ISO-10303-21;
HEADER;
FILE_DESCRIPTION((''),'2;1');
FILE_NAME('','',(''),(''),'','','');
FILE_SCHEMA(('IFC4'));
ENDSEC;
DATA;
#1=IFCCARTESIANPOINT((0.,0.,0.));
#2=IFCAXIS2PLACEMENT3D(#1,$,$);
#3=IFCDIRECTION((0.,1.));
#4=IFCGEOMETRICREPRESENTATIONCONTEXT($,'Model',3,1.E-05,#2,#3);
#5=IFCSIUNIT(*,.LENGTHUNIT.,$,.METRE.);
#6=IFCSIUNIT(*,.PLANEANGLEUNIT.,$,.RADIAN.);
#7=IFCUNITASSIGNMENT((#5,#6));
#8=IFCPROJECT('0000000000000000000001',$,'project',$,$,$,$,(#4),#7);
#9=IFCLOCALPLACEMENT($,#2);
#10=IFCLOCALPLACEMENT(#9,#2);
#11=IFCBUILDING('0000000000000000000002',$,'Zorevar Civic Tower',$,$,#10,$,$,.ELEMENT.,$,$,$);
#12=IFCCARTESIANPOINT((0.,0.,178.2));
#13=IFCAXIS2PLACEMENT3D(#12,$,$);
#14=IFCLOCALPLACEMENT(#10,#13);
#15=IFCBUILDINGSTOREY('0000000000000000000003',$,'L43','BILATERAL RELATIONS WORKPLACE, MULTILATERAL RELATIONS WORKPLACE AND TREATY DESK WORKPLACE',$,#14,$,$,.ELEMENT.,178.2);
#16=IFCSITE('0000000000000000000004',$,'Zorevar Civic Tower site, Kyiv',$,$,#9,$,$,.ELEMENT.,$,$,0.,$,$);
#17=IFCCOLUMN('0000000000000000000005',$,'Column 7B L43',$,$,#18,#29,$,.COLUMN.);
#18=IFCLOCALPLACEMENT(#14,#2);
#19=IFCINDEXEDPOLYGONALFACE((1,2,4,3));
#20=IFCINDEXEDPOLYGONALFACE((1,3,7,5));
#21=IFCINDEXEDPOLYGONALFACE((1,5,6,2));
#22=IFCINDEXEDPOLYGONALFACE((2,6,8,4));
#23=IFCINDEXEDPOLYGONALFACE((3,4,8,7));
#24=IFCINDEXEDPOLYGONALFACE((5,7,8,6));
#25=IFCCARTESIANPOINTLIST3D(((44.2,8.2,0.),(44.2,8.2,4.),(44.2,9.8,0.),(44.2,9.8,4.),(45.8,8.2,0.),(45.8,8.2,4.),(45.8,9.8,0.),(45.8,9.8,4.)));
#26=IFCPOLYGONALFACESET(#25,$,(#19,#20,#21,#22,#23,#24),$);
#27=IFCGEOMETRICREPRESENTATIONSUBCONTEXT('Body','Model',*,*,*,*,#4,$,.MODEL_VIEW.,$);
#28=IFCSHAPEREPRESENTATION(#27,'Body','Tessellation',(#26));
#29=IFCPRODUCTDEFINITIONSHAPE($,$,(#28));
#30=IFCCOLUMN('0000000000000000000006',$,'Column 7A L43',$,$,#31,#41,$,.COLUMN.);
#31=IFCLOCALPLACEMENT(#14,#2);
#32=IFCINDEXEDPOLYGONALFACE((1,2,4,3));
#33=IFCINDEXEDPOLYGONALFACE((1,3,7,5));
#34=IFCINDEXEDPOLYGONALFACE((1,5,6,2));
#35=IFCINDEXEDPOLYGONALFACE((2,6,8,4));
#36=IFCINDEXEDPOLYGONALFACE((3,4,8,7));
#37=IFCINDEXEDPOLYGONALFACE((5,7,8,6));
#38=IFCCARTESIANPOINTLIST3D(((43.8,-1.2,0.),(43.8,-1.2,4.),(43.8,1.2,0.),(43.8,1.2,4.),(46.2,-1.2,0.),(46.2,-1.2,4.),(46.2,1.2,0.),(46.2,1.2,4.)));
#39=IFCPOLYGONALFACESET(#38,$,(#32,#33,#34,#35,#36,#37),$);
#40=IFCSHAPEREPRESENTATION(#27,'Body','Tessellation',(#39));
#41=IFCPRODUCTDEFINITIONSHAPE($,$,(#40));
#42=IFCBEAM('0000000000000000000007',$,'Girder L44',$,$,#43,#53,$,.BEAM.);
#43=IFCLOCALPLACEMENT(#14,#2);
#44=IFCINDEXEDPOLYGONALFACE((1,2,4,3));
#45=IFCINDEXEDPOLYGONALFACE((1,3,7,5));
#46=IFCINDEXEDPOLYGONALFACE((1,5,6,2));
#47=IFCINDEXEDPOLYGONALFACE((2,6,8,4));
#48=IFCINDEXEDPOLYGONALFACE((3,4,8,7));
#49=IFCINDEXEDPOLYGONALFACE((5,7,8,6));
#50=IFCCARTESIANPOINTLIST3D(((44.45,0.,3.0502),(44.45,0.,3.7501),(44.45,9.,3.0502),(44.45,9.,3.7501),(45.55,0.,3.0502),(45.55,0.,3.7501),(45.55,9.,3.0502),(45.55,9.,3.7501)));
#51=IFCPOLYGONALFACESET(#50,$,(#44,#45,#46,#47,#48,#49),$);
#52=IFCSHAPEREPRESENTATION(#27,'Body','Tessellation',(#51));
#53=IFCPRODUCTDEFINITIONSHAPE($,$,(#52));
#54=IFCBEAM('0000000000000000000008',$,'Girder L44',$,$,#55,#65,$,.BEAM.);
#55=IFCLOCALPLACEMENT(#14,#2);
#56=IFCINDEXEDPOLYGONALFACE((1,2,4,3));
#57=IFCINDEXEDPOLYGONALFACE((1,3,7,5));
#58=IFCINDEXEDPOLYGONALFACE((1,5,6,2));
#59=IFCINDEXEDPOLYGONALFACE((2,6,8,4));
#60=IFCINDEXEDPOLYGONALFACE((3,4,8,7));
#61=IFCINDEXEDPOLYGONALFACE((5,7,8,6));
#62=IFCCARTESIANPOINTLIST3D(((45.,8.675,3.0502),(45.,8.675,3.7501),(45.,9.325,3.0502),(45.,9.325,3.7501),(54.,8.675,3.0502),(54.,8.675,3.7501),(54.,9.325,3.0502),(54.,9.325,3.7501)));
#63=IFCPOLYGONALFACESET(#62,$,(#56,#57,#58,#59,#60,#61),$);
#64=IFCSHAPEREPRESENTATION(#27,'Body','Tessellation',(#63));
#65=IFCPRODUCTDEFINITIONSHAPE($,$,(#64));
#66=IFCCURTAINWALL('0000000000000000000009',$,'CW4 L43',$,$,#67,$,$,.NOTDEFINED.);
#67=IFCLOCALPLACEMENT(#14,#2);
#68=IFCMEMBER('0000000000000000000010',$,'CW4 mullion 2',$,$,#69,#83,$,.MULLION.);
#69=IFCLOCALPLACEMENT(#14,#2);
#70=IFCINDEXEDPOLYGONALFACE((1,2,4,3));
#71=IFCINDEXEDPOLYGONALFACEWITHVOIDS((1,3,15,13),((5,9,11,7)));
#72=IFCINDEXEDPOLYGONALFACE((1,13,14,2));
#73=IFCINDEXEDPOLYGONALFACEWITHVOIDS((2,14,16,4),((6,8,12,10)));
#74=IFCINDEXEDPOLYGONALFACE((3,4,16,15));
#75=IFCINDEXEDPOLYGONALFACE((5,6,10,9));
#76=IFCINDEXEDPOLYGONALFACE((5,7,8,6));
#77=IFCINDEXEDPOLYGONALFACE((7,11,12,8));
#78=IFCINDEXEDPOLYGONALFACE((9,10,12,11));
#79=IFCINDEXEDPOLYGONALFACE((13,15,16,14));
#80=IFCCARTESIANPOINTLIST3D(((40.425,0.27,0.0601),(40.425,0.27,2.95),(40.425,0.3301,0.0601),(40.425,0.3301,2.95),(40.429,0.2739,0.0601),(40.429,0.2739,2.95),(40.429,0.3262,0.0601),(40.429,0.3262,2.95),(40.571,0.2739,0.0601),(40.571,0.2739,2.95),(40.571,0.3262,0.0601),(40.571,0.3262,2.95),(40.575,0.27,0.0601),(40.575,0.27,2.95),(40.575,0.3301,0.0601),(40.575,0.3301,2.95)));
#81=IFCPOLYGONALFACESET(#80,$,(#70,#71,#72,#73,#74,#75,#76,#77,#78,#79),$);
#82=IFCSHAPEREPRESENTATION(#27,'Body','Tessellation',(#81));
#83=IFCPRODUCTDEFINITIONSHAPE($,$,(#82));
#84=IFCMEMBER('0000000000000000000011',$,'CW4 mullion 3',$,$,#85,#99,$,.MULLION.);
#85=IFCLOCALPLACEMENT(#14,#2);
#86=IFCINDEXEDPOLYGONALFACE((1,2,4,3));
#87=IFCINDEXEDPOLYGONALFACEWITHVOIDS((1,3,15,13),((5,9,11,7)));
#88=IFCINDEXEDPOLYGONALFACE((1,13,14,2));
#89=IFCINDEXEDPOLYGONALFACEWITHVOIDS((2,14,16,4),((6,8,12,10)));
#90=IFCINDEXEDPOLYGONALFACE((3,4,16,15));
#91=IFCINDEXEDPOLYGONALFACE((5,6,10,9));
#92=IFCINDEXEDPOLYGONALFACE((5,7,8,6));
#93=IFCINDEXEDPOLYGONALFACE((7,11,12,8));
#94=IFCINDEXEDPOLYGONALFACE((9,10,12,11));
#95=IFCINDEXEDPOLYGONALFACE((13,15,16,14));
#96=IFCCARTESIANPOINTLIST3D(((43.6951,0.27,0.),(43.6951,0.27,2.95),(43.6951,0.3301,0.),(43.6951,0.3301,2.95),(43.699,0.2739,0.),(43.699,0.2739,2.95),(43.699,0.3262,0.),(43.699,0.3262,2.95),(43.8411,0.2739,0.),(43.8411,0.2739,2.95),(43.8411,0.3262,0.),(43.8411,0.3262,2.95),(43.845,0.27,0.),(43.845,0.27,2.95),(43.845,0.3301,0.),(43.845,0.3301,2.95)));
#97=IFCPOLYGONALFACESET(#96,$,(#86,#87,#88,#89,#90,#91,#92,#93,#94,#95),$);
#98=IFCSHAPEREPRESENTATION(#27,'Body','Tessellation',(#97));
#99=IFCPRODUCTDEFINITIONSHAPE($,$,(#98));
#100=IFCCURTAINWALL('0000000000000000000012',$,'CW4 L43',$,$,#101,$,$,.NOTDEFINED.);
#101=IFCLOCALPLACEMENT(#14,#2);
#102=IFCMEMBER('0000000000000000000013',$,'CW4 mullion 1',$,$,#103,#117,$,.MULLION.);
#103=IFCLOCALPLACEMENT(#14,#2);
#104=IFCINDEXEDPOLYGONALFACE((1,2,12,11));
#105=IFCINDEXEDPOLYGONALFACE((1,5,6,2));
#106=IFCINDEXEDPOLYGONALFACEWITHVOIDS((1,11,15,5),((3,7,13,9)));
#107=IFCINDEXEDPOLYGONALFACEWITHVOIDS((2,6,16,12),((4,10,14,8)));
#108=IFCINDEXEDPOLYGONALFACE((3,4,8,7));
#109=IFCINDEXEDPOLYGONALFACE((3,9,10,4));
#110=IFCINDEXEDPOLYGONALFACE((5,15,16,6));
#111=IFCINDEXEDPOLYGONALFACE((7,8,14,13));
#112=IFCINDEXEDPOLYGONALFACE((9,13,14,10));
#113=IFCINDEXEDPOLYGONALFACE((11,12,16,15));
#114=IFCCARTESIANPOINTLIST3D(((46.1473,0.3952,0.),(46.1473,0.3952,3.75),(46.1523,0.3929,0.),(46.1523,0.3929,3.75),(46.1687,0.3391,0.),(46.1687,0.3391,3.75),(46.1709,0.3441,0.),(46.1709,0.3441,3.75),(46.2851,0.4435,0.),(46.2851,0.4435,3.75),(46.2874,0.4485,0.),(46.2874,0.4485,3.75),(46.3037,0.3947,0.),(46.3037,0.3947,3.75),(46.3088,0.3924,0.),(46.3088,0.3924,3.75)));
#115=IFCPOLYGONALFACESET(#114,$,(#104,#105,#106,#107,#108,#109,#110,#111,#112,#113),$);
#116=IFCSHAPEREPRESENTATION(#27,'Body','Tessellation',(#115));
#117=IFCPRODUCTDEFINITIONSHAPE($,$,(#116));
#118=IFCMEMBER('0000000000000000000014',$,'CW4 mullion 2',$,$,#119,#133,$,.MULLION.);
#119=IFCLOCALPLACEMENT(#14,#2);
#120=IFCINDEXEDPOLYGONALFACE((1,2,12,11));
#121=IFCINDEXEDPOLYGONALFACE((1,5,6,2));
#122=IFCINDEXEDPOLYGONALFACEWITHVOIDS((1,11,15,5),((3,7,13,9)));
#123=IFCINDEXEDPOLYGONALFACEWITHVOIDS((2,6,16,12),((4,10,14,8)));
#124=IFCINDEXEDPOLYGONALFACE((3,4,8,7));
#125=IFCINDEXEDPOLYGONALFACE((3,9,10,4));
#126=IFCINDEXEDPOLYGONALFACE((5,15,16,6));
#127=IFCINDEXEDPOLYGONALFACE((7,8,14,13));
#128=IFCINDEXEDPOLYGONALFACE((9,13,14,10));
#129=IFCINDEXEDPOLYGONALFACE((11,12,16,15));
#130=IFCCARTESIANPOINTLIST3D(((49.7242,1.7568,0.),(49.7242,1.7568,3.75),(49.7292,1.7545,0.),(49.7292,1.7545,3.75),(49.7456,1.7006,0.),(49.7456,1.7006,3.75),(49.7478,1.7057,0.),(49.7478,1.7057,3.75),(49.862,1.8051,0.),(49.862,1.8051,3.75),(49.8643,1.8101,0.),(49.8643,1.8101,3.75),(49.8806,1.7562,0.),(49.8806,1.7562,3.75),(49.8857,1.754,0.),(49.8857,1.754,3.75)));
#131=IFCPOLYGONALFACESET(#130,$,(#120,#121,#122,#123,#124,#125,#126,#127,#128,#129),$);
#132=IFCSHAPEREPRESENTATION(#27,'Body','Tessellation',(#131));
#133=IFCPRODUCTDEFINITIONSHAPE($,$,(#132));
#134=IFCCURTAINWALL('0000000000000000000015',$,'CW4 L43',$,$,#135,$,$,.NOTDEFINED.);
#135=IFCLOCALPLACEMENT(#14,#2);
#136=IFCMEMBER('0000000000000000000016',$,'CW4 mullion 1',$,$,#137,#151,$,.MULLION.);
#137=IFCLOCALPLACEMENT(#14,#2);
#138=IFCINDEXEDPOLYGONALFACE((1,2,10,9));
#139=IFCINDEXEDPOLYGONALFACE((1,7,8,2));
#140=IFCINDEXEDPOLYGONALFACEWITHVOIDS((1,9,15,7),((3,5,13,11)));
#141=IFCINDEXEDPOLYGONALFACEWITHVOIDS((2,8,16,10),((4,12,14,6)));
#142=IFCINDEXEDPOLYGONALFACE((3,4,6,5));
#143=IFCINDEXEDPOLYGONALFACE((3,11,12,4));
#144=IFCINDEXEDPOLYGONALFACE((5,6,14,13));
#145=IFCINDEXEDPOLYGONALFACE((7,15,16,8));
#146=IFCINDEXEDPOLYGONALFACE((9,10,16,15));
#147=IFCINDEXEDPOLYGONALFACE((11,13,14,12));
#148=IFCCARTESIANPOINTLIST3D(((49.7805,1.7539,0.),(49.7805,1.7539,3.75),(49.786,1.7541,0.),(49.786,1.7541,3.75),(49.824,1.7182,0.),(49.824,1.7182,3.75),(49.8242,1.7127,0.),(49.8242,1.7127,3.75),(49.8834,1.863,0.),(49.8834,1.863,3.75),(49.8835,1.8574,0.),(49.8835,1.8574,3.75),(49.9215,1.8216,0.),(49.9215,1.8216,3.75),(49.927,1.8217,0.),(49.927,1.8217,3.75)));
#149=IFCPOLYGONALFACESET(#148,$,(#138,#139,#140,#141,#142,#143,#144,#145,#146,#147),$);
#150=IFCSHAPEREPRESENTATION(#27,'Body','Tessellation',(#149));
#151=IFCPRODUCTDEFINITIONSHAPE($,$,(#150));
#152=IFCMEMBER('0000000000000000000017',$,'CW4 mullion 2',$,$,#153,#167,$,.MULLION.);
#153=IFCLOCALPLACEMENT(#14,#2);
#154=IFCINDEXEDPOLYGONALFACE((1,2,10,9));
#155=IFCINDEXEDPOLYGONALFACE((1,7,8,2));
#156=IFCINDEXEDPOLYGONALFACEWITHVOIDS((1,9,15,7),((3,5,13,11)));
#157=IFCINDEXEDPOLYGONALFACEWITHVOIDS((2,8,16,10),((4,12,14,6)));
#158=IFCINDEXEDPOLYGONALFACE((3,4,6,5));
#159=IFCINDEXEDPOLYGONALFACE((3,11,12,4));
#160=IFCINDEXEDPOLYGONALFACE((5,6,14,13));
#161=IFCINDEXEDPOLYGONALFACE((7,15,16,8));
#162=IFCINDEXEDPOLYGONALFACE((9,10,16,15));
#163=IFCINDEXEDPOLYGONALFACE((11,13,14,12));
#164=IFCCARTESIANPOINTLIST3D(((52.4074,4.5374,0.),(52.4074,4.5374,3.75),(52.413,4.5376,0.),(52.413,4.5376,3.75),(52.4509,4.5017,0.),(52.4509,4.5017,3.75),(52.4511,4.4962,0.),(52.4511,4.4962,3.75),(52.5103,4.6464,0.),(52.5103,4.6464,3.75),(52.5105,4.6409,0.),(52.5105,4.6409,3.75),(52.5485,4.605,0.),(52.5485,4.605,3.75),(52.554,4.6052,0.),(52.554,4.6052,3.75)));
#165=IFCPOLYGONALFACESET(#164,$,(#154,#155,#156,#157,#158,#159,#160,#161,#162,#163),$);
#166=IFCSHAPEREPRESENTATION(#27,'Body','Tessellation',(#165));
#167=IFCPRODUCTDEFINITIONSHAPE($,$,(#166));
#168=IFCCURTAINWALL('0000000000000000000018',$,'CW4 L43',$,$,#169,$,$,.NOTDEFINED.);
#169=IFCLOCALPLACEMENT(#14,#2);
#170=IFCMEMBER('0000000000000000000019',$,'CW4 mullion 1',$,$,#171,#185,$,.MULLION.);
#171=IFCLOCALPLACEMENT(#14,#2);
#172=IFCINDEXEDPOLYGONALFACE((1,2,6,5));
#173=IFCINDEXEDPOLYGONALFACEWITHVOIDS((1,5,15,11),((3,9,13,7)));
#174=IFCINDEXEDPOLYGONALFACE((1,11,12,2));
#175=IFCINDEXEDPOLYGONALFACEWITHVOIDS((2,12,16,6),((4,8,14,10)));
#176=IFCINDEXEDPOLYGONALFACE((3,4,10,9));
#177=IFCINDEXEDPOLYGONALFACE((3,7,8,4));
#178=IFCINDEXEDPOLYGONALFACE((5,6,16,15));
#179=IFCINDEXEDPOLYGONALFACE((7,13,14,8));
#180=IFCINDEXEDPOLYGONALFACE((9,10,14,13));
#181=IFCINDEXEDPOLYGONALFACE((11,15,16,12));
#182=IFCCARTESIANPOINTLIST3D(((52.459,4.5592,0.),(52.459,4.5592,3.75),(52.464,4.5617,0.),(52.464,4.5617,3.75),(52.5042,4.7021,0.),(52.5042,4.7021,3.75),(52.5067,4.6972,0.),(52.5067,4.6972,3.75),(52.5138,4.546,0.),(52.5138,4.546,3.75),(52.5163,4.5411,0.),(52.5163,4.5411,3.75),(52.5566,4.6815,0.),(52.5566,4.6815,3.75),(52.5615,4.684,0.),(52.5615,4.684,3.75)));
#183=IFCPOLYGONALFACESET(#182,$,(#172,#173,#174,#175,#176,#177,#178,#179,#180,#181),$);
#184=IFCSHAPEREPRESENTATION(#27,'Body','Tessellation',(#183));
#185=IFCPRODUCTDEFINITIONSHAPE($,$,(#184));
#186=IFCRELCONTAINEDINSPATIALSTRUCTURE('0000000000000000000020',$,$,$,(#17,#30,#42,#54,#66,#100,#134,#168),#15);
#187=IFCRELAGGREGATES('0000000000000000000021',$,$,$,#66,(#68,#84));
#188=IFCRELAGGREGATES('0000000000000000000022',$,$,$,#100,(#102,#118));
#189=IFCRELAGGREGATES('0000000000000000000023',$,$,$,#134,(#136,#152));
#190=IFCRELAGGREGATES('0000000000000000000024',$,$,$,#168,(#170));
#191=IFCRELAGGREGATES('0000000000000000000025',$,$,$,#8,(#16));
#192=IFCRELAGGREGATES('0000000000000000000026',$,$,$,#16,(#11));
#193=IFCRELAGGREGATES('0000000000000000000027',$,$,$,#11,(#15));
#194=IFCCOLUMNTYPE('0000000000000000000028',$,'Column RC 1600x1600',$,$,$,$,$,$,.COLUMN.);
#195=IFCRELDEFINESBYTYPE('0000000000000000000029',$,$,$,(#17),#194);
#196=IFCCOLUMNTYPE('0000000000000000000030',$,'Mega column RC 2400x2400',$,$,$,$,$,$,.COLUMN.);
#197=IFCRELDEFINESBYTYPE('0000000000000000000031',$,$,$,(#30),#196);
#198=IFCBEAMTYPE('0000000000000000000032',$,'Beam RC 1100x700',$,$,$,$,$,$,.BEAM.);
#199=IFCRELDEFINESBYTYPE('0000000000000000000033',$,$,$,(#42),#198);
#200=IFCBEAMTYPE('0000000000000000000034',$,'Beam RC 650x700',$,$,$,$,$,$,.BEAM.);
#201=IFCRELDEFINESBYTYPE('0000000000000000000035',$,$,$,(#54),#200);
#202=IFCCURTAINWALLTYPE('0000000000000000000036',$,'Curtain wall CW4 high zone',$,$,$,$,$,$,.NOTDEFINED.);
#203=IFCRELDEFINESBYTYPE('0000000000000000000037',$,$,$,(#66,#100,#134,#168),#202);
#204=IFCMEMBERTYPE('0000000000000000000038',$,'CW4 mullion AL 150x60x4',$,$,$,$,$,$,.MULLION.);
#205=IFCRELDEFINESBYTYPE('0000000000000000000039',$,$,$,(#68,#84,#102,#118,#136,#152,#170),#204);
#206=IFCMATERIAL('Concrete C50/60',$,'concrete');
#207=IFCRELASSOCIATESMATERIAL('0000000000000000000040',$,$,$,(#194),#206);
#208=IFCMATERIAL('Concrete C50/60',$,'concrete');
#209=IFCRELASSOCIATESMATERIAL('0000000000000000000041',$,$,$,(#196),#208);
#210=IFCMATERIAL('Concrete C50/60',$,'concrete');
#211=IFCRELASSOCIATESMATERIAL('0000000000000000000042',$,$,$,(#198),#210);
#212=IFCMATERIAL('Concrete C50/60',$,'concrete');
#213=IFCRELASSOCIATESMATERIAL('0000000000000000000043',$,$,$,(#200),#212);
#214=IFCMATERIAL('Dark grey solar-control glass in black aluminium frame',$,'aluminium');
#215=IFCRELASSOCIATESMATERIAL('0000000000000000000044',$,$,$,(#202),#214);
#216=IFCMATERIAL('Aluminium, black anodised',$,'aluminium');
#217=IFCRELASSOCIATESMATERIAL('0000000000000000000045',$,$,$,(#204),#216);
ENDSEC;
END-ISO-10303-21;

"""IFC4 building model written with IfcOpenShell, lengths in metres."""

from ifc_helpers import new_model, si_unit, direction, frame, origin, origin_2d, place, context, subcontext, project, spatial, rectangle, hollow_rectangle, extrude, material, material_profile, profile_set, type_object, element, aggregate, save


model = new_model("IFC4")

# Units and contexts
model_context = context("Model", 3, precision=1e-05, world=origin(), true_north=direction((0.0, 1.0)))
body_context = subcontext(model_context, "Body", "Model", "MODEL_VIEW")
ifc_project = project(units=[si_unit("LENGTHUNIT", "METRE"), si_unit("PLANEANGLEUNIT", "RADIAN")], contexts=[model_context])

# Site, building, storey
site_placement = place(None, origin())
site = spatial("IfcSite", under=ifc_project, at=site_placement, Name="Zorevar Civic Tower site, Kyiv", CompositionType="ELEMENT", RefElevation=0.0)
building_placement = place(site_placement, origin())
building = spatial("IfcBuilding", under=site, at=building_placement, Name="Zorevar Civic Tower", CompositionType="ELEMENT")
storey_placement = place(building_placement, frame((0.0, 0.0, 178.2)))
storey = spatial("IfcBuildingStorey", under=building, at=storey_placement, Name="L43", Description="BILATERAL RELATIONS WORKPLACE, MULTILATERAL RELATIONS WORKPLACE AND TREATY DESK WORKPLACE", CompositionType="ELEMENT", Elevation=178.2)

# Columns
ifc_material_1 = material(Name="Concrete C50/60", Category="concrete")
ifc_material_profile_1 = material_profile(ifc_material_1, rectangle(XDim=1.6001, YDim=1.6001, at=origin_2d()), Name="RC 1600x1600")
ifc_profile_set_1 = profile_set([ifc_material_profile_1], Name="Concrete C50/60")
column_type_1 = type_object("IfcColumnType", Name="Column RC 1600x1600", PredefinedType="COLUMN", material=ifc_profile_set_1)
column_1_placement = place(storey_placement, frame((45.0, 9.0, 0.0), z_axis=(0.0, 0.0, 1.0), x_axis=(1.0, 0.0, 0.0)))
element("IfcColumn", 1, at=column_1_placement, inside=storey, type_object=column_type_1, Name="Column 7B L43", PredefinedType="COLUMN", context=body_context, shape_type="SweptSolid", body=[
    extrude(rectangle(XDim=1.6001, YDim=1.6001, at=origin_2d()), origin(), (0.0, 0.0, 1.0), 4.0),
])
ifc_material_2 = material(Name="Concrete C50/60", Category="concrete")
ifc_material_profile_2 = material_profile(ifc_material_2, rectangle(XDim=2.3999, YDim=2.3999, at=origin_2d()), Name="RC 2400x2400")
ifc_profile_set_2 = profile_set([ifc_material_profile_2], Name="Concrete C50/60")
column_type_2 = type_object("IfcColumnType", Name="Mega column RC 2400x2400", PredefinedType="COLUMN", material=ifc_profile_set_2)
column_2_placement = place(storey_placement, frame((45.0, 0.0, 0.0), z_axis=(0.0, 0.0, 1.0), x_axis=(1.0, 0.0, 0.0)))
element("IfcColumn", 2, at=column_2_placement, inside=storey, type_object=column_type_2, Name="Column 7A L43", PredefinedType="COLUMN", context=body_context, shape_type="SweptSolid", body=[
    extrude(rectangle(XDim=2.3999, YDim=2.3999, at=origin_2d()), origin(), (0.0, 0.0, 1.0), 4.0),
])

# Beams
ifc_material_3 = material(Name="Concrete C50/60", Category="concrete")
ifc_material_profile_3 = material_profile(ifc_material_3, rectangle(XDim=1.1001, YDim=0.7, at=origin_2d()), Name="RC 1100x700")
ifc_profile_set_3 = profile_set([ifc_material_profile_3], Name="Concrete C50/60")
beam_type_1 = type_object("IfcBeamType", Name="Beam RC 1100x700", PredefinedType="BEAM", material=ifc_profile_set_3)
beam_1_placement = place(storey_placement, frame((45.0, 0.0, 3.4001), z_axis=(0.0, 1.0, 0.0), x_axis=(-1.0, 0.0, 0.0)))
element("IfcBeam", 3, at=beam_1_placement, inside=storey, type_object=beam_type_1, Name="Girder L44", PredefinedType="BEAM", context=body_context, shape_type="SweptSolid", body=[
    extrude(rectangle(XDim=1.1001, YDim=0.7, at=origin_2d()), origin(), (0.0, 0.0, 1.0), 9.0),
])
ifc_material_4 = material(Name="Concrete C50/60", Category="concrete")
ifc_material_profile_4 = material_profile(ifc_material_4, rectangle(XDim=0.6499, YDim=0.7, at=origin_2d()), Name="RC 650x700")
ifc_profile_set_4 = profile_set([ifc_material_profile_4], Name="Concrete C50/60")
beam_type_2 = type_object("IfcBeamType", Name="Beam RC 650x700", PredefinedType="BEAM", material=ifc_profile_set_4)
beam_2_placement = place(storey_placement, frame((45.0, 9.0, 3.4001), z_axis=(1.0, 0.0, 0.0), x_axis=(0.0, 1.0, 0.0)))
element("IfcBeam", 4, at=beam_2_placement, inside=storey, type_object=beam_type_2, Name="Girder L44", PredefinedType="BEAM", context=body_context, shape_type="SweptSolid", body=[
    extrude(rectangle(XDim=0.6499, YDim=0.7, at=origin_2d()), origin(), (0.0, 0.0, 1.0), 9.0),
])

# Curtain walls, members
ifc_material_5 = material(Name="Dark grey solar-control glass in black aluminium frame", Category="aluminium")
curtain_wall_type = type_object("IfcCurtainWallType", Name="Curtain wall CW4 high zone", PredefinedType="NOTDEFINED", material=ifc_material_5)
curtain_wall_1_placement = place(storey_placement, origin())
curtain_wall_1 = element("IfcCurtainWall", 5, at=curtain_wall_1_placement, inside=storey, type_object=curtain_wall_type, Name="CW4 L43", PredefinedType="NOTDEFINED")
ifc_material_6 = material(Name="Aluminium, black anodised", Category="aluminium")
ifc_material_profile_5 = material_profile(ifc_material_6, hollow_rectangle(XDim=0.0601, YDim=0.1499, WallThickness=0.0039, at=origin_2d()), Name="AL 150x60x4")
ifc_profile_set_5 = profile_set([ifc_material_profile_5], Name="Aluminium, black anodised")
member_type_1 = type_object("IfcMemberType", Name="CW4 mullion AL 150x60x4", PredefinedType="MULLION", material=ifc_profile_set_5)
member_1_placement = place(storey_placement, frame((40.5, 0.3, 0.0601), z_axis=(0.0, 0.0, 1.0), x_axis=(0.0, 1.0, 0.0)))
member_1 = element("IfcMember", 6, at=member_1_placement, type_object=member_type_1, Name="CW4 mullion 2", PredefinedType="MULLION", context=body_context, shape_type="SweptSolid", body=[
    extrude(hollow_rectangle(XDim=0.0601, YDim=0.1499, WallThickness=0.0039, at=origin_2d()), origin(), (0.0, 0.0, 1.0), 2.8899),
])
member_2_placement = place(storey_placement, frame((43.77, 0.3, 0.0), z_axis=(0.0, 0.0, 1.0), x_axis=(0.0, 1.0, 0.0)))
member_2 = element("IfcMember", 7, at=member_2_placement, type_object=member_type_1, Name="CW4 mullion 3", PredefinedType="MULLION", context=body_context, shape_type="SweptSolid", body=[
    extrude(hollow_rectangle(XDim=0.0601, YDim=0.1499, WallThickness=0.0039, at=origin_2d()), origin(), (0.0, 0.0, 1.0), 2.95),
])
curtain_wall_2_placement = place(storey_placement, origin())
curtain_wall_2 = element("IfcCurtainWall", 8, at=curtain_wall_2_placement, inside=storey, type_object=curtain_wall_type, Name="CW4 L43", PredefinedType="NOTDEFINED")
member_3_placement = place(storey_placement, frame((46.228, 0.3938, 0.0), z_axis=(0.0, 0.0, 1.0), x_axis=(-0.355731, 0.934588, 0.0)))
member_3 = element("IfcMember", 9, at=member_3_placement, type_object=member_type_1, Name="CW4 mullion 1", PredefinedType="MULLION", context=body_context, shape_type="SweptSolid", body=[
    extrude(hollow_rectangle(XDim=0.0601, YDim=0.1499, WallThickness=0.0039, at=origin_2d()), origin(), (0.0, 0.0, 1.0), 3.75),
])
member_4_placement = place(storey_placement, frame((49.8049, 1.7554, 0.0), z_axis=(0.0, 0.0, 1.0), x_axis=(-0.355731, 0.934588, 0.0)))
member_4 = element("IfcMember", 10, at=member_4_placement, type_object=member_type_1, Name="CW4 mullion 2", PredefinedType="MULLION", context=body_context, shape_type="SweptSolid", body=[
    extrude(hollow_rectangle(XDim=0.0601, YDim=0.1499, WallThickness=0.0039, at=origin_2d()), origin(), (0.0, 0.0, 1.0), 3.75),
])
curtain_wall_3_placement = place(storey_placement, origin())
curtain_wall_3 = element("IfcCurtainWall", 11, at=curtain_wall_3_placement, inside=storey, type_object=curtain_wall_type, Name="CW4 L43", PredefinedType="NOTDEFINED")
member_5_placement = place(storey_placement, frame((49.8538, 1.7878, 0.0), z_axis=(0.0, 0.0, 1.0), x_axis=(-0.727245, 0.686378, 0.0)))
member_5 = element("IfcMember", 12, at=member_5_placement, type_object=member_type_1, Name="CW4 mullion 1", PredefinedType="MULLION", context=body_context, shape_type="SweptSolid", body=[
    extrude(hollow_rectangle(XDim=0.0601, YDim=0.1499, WallThickness=0.0039, at=origin_2d()), origin(), (0.0, 0.0, 1.0), 3.75),
])
member_6_placement = place(storey_placement, frame((52.4807, 4.5713, 0.0), z_axis=(0.0, 0.0, 1.0), x_axis=(-0.727245, 0.686378, 0.0)))
member_6 = element("IfcMember", 13, at=member_6_placement, type_object=member_type_1, Name="CW4 mullion 2", PredefinedType="MULLION", context=body_context, shape_type="SweptSolid", body=[
    extrude(hollow_rectangle(XDim=0.0601, YDim=0.1499, WallThickness=0.0039, at=origin_2d()), origin(), (0.0, 0.0, 1.0), 3.75),
])
curtain_wall_4_placement = place(storey_placement, origin())
curtain_wall_4 = element("IfcCurtainWall", 14, at=curtain_wall_4_placement, inside=storey, type_object=curtain_wall_type, Name="CW4 L43", PredefinedType="NOTDEFINED")
member_7_placement = place(storey_placement, frame((52.5103, 4.6216, 0.0), z_axis=(0.0, 0.0, 1.0), x_axis=(-0.95359, 0.301108, 0.0)))
member_7 = element("IfcMember", 15, at=member_7_placement, type_object=member_type_1, Name="CW4 mullion 1", PredefinedType="MULLION", context=body_context, shape_type="SweptSolid", body=[
    extrude(hollow_rectangle(XDim=0.0601, YDim=0.1499, WallThickness=0.0039, at=origin_2d()), origin(), (0.0, 0.0, 1.0), 3.75),
])

aggregate(curtain_wall_1, [member_1, member_2])
aggregate(curtain_wall_2, [member_3, member_4])
aggregate(curtain_wall_3, [member_5, member_6])
aggregate(curtain_wall_4, [member_7])

save(model, "model.ifc")
